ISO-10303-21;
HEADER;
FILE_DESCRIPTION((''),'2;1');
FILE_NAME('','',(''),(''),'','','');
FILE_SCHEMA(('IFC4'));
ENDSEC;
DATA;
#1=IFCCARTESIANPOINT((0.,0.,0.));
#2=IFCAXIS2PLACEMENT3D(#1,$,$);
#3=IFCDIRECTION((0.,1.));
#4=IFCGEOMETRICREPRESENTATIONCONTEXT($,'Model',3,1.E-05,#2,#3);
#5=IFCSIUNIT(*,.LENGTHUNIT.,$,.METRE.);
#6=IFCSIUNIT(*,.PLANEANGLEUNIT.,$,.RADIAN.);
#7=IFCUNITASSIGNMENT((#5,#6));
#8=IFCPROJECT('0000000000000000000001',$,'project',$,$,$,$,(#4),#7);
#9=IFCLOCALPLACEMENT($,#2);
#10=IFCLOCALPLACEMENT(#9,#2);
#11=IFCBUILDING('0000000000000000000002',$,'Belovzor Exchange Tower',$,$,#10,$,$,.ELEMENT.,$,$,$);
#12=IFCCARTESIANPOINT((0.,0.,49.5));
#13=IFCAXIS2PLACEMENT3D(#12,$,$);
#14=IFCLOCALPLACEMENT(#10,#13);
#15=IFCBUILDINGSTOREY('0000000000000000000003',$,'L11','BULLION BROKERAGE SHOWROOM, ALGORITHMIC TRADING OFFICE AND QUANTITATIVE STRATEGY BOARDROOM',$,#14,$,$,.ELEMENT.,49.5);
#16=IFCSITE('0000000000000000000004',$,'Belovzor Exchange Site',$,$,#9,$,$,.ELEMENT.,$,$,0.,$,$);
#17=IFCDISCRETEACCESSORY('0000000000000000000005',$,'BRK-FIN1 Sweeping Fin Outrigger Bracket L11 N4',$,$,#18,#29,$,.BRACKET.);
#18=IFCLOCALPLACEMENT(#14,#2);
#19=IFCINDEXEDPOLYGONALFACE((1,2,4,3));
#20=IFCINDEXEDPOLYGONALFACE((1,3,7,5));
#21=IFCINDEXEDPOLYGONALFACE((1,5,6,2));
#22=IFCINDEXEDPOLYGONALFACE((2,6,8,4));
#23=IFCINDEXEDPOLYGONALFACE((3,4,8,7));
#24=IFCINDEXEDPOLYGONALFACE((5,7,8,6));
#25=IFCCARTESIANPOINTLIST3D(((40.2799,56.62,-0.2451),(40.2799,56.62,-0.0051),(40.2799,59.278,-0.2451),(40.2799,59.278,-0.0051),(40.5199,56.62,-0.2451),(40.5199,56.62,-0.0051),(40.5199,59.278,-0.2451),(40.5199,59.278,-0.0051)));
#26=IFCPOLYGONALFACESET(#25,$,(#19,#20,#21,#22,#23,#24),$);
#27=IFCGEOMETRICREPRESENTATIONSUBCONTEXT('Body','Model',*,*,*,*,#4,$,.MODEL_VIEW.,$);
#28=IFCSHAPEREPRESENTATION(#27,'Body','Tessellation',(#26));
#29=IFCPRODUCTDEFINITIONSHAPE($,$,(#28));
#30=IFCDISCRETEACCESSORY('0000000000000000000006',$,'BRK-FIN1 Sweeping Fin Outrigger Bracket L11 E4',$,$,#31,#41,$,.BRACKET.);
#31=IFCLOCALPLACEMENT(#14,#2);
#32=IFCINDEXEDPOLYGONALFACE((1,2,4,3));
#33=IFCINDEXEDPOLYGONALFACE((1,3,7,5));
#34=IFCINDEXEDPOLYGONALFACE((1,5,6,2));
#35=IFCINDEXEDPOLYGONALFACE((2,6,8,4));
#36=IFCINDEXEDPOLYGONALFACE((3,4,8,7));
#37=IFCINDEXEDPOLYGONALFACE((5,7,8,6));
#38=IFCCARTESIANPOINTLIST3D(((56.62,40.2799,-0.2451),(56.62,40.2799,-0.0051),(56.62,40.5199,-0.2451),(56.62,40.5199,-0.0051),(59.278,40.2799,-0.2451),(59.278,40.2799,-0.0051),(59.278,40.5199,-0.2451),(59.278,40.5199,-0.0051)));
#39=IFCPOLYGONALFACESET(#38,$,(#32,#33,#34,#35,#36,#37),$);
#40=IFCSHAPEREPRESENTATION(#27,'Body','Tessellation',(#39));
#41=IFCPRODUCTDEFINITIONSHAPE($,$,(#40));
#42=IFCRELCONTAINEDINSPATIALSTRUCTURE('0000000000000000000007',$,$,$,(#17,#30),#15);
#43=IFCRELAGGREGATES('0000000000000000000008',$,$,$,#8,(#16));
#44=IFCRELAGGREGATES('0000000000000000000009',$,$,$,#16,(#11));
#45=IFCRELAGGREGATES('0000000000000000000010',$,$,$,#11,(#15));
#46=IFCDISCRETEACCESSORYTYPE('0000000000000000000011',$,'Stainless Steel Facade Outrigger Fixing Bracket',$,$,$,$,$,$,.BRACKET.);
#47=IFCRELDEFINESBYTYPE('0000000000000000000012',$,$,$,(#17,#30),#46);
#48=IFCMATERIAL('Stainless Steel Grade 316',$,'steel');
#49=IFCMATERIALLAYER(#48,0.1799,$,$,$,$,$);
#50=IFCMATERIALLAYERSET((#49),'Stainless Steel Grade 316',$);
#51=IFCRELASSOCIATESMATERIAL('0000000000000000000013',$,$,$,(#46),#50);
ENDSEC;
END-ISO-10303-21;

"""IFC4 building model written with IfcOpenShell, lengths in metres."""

from ifc_helpers import new_model, si_unit, direction, frame, origin, origin_2d, place, context, subcontext, project, spatial, rectangle, extrude, material, layer, layer_set, type_object, element, save


model = new_model("IFC4")

# Units and contexts
model_context = context("Model", 3, precision=1e-05, world=origin(), true_north=direction((0.0, 1.0)))
body_context = subcontext(model_context, "Body", "Model", "MODEL_VIEW")
ifc_project = project(units=[si_unit("LENGTHUNIT", "METRE"), si_unit("PLANEANGLEUNIT", "RADIAN")], contexts=[model_context])

# Site, building, storey
site_placement = place(None, origin())
site = spatial("IfcSite", under=ifc_project, at=site_placement, Name="Belovzor Exchange Site", CompositionType="ELEMENT", RefElevation=0.0)
building_placement = place(site_placement, origin())
building = spatial("IfcBuilding", under=site, at=building_placement, Name="Belovzor Exchange Tower", CompositionType="ELEMENT")
storey_placement = place(building_placement, frame((0.0, 0.0, 49.5)))
storey = spatial("IfcBuildingStorey", under=building, at=storey_placement, Name="L11", Description="BULLION BROKERAGE SHOWROOM, ALGORITHMIC TRADING OFFICE AND QUANTITATIVE STRATEGY BOARDROOM", CompositionType="ELEMENT", Elevation=49.5)

# Discrete accessories
ifc_material_1 = material(Name="Stainless Steel Grade 316", Category="steel")
ifc_layer_1 = layer(ifc_material_1, 0.1799)
ifc_layer_set_1 = layer_set([ifc_layer_1], Name="Stainless Steel Grade 316")
discrete_accessory_type = type_object("IfcDiscreteAccessoryType", Name="Stainless Steel Facade Outrigger Fixing Bracket", PredefinedType="BRACKET", material=ifc_layer_set_1)
for number, where, z_axis, x_axis, name in (
    (1, (40.3999, 57.949, -0.2451), (0.0, 0.0, 1.0), (0.0, 1.0, 0.0), "BRK-FIN1 Sweeping Fin Outrigger Bracket L11 N4"),
    (2, (57.949, 40.3999, -0.2451), (0.0, 0.0, 1.0), (1.0, 0.0, 0.0), "BRK-FIN1 Sweeping Fin Outrigger Bracket L11 E4"),
):
    element("IfcDiscreteAccessory", number, at=place(storey_placement, frame(where, z_axis=z_axis, x_axis=x_axis)), inside=storey, type_object=discrete_accessory_type, Name=name, PredefinedType="BRACKET", context=body_context, shape_type="SweptSolid", body=[
        extrude(rectangle(XDim=2.658, YDim=0.24, at=origin_2d()), origin(), (0.0, 0.0, 1.0), 0.24),
    ])

save(model, "model.ifc")
